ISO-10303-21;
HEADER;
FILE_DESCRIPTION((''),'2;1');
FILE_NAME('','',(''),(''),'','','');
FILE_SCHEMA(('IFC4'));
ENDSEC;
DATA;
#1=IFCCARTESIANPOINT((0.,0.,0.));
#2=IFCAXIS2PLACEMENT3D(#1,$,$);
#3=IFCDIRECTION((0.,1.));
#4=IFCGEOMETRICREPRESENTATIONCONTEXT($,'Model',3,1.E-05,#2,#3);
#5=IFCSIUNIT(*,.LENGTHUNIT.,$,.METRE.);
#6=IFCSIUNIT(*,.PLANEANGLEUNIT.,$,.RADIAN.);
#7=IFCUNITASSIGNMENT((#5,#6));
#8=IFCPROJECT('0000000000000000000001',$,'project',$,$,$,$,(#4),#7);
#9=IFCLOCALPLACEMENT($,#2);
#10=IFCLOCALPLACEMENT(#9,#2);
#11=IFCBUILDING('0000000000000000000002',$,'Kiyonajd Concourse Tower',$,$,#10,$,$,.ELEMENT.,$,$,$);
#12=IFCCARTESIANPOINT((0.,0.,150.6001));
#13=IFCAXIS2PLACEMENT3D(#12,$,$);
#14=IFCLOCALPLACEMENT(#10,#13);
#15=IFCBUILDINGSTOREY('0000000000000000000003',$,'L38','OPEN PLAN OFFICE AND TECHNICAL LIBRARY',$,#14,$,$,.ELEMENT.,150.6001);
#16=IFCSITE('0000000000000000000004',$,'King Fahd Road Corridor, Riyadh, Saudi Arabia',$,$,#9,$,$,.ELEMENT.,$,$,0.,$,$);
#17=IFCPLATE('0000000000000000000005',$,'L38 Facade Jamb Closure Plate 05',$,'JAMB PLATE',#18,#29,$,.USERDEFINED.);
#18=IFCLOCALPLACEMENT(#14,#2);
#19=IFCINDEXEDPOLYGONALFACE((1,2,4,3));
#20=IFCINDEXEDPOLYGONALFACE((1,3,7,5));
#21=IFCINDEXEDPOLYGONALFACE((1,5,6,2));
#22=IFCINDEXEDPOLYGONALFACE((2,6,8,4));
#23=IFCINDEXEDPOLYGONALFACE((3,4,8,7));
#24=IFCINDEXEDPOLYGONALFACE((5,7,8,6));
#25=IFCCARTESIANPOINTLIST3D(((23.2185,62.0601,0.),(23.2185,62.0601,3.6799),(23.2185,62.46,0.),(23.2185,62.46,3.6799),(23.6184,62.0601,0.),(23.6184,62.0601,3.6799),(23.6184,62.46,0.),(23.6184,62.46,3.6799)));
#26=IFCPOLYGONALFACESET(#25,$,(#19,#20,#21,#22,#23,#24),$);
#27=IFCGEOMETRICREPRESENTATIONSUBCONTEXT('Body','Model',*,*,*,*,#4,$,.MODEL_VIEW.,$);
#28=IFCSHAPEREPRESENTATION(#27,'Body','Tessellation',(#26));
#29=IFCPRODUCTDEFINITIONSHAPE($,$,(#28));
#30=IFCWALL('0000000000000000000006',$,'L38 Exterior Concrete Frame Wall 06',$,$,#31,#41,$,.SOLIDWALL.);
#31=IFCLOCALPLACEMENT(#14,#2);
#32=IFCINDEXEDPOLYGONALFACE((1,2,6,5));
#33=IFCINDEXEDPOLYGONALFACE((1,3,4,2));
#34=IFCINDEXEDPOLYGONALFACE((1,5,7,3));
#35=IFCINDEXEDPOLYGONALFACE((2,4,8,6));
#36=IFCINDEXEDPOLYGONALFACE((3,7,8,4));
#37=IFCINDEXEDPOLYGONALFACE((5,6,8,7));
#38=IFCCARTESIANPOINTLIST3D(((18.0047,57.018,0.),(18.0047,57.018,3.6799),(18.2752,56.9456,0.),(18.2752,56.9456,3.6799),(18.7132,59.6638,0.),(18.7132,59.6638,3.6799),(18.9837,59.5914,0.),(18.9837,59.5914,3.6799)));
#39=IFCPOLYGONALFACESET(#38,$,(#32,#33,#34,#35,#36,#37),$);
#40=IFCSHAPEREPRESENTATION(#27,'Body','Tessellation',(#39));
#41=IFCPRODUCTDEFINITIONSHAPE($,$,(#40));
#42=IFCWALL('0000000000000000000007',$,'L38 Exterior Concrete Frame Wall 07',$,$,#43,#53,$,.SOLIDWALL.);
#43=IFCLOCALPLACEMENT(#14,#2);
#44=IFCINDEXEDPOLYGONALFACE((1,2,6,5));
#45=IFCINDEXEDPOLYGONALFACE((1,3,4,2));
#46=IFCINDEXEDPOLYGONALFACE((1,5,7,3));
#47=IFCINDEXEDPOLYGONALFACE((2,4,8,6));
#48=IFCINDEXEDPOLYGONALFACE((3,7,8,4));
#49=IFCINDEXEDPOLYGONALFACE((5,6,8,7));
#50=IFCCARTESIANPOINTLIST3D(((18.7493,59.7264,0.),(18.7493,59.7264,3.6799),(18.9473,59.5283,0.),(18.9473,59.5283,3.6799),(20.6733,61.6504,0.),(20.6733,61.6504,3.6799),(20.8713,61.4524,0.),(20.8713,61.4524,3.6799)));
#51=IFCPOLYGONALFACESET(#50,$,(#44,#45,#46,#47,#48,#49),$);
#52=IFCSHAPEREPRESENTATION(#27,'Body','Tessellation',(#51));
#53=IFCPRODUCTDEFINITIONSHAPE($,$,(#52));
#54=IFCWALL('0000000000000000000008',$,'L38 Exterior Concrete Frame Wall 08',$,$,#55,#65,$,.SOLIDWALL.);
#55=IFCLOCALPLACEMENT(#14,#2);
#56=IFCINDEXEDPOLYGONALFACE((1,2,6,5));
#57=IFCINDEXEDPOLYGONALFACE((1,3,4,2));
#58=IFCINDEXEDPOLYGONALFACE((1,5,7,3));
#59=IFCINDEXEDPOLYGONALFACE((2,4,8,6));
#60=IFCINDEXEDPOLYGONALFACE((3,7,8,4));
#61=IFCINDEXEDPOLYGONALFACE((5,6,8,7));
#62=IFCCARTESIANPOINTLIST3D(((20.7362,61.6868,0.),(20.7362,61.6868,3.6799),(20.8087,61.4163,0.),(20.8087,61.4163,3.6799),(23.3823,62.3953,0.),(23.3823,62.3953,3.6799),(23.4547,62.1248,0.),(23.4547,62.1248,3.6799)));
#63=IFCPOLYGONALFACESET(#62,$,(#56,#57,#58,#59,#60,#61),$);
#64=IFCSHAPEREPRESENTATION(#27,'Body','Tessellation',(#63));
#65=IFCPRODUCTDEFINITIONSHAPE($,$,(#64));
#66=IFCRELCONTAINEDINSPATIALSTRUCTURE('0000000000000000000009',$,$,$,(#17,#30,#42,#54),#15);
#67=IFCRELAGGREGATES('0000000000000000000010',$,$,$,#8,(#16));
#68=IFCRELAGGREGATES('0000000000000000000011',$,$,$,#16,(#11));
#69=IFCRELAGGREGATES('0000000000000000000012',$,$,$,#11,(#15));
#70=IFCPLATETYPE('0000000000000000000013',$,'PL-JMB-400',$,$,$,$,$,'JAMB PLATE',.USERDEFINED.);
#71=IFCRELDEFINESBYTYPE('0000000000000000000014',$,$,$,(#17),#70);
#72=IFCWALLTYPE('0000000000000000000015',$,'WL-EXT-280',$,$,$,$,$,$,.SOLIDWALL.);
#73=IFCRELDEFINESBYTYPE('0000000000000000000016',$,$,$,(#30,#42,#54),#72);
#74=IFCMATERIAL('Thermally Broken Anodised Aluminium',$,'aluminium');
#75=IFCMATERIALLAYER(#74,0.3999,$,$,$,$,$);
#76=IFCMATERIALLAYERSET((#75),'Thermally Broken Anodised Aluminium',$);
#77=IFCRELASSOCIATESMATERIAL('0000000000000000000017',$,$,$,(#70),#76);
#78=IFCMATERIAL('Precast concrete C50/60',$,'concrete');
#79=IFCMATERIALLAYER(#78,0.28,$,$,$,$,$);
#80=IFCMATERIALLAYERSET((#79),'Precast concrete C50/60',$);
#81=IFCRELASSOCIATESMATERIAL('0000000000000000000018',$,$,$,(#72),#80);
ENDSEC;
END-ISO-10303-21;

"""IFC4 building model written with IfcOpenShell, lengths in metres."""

from ifc_helpers import new_model, si_unit, direction, frame, frame_2d, origin, origin_2d, place, context, subcontext, project, spatial, rectangle, extrude, material, layer, layer_set, type_object, element, save


model = new_model("IFC4")

# Units and contexts
model_context = context("Model", 3, precision=1e-05, world=origin(), true_north=direction((0.0, 1.0)))
body_context = subcontext(model_context, "Body", "Model", "MODEL_VIEW")
ifc_project = project(units=[si_unit("LENGTHUNIT", "METRE"), si_unit("PLANEANGLEUNIT", "RADIAN")], contexts=[model_context])

# Site, building, storey
site_placement = place(None, origin())
site = spatial("IfcSite", under=ifc_project, at=site_placement, Name="King Fahd Road Corridor, Riyadh, Saudi Arabia", CompositionType="ELEMENT", RefElevation=0.0)
building_placement = place(site_placement, origin())
building = spatial("IfcBuilding", under=site, at=building_placement, Name="Kiyonajd Concourse Tower", CompositionType="ELEMENT")
storey_placement = place(building_placement, frame((0.0, 0.0, 150.6001)))
storey = spatial("IfcBuildingStorey", under=building, at=storey_placement, Name="L38", Description="OPEN PLAN OFFICE AND TECHNICAL LIBRARY", CompositionType="ELEMENT", Elevation=150.6001)

# Shared definitions
ifc_material_1 = material(Name="Thermally Broken Anodised Aluminium", Category="aluminium")

# Plate
ifc_layer_1 = layer(ifc_material_1, 0.3999)
ifc_layer_set_1 = layer_set([ifc_layer_1], Name="Thermally Broken Anodised Aluminium")
plate_type_1 = type_object("IfcPlateType", Name="PL-JMB-400", ElementType="JAMB PLATE", PredefinedType="USERDEFINED", material=ifc_layer_set_1)
for number, where, z_axis, x_axis, name in (
    (1, (23.4185, 62.26, 0.0), (0.0, 0.0, 1.0), (1.0, 0.0, 0.0), "L38 Facade Jamb Closure Plate 05"),
):
    element("IfcPlate", number, at=place(storey_placement, frame(where, z_axis=z_axis, x_axis=x_axis)), inside=storey, type_object=plate_type_1, Name=name, ObjectType="JAMB PLATE", PredefinedType="USERDEFINED", context=body_context, shape_type="SweptSolid", body=[
        extrude(rectangle(XDim=0.3999, YDim=0.3999, at=origin_2d()), origin(), (0.0, 0.0, 1.0), 3.6799),
    ])

# Walls
ifc_material_2 = material(Name="Precast concrete C50/60", Category="concrete")
ifc_layer_2 = layer(ifc_material_2, 0.28)
ifc_layer_set_2 = layer_set([ifc_layer_2], Name="Precast concrete C50/60")
wall_type = type_object("IfcWallType", Name="WL-EXT-280", PredefinedType="SOLIDWALL", material=ifc_layer_set_2)
wall_1_placement = place(storey_placement, frame((18.1399, 56.9817, 0.0), z_axis=(0.0, 0.0, 1.0), x_axis=(0.258672, 0.965965, 0.0)))
element("IfcWall", 2, at=wall_1_placement, inside=storey, type_object=wall_type, Name="L38 Exterior Concrete Frame Wall 06", PredefinedType="SOLIDWALL", context=body_context, shape_type="SweptSolid", body=[
    extrude(rectangle(XDim=2.739, YDim=0.28, at=frame_2d((1.3696, 0.0))), origin(), (0.0, 0.0, 1.0), 3.6799),
])
wall_2_placement = place(storey_placement, frame((18.8484, 59.6274, 0.0), z_axis=(0.0, 0.0, 1.0), x_axis=(0.707107, 0.707107, 0.0)))
element("IfcWall", 3, at=wall_2_placement, inside=storey, type_object=wall_type, Name="L38 Exterior Concrete Frame Wall 07", PredefinedType="SOLIDWALL", context=body_context, shape_type="SweptSolid", body=[
    extrude(rectangle(XDim=2.7209, YDim=0.28, at=frame_2d((1.3604, 0.0))), origin(), (0.0, 0.0, 1.0), 3.6799),
])
wall_3_placement = place(storey_placement, frame((20.7725, 61.5515, 0.0), z_axis=(0.0, 0.0, 1.0), x_axis=(0.965971, 0.25865, 0.0)))
element("IfcWall", 4, at=wall_3_placement, inside=storey, type_object=wall_type, Name="L38 Exterior Concrete Frame Wall 08", PredefinedType="SOLIDWALL", context=body_context, shape_type="SweptSolid", body=[
    extrude(rectangle(XDim=2.7393, YDim=0.28, at=frame_2d((1.3696, 0.0))), origin(), (0.0, 0.0, 1.0), 3.6799),
])

save(model, "model.ifc")
